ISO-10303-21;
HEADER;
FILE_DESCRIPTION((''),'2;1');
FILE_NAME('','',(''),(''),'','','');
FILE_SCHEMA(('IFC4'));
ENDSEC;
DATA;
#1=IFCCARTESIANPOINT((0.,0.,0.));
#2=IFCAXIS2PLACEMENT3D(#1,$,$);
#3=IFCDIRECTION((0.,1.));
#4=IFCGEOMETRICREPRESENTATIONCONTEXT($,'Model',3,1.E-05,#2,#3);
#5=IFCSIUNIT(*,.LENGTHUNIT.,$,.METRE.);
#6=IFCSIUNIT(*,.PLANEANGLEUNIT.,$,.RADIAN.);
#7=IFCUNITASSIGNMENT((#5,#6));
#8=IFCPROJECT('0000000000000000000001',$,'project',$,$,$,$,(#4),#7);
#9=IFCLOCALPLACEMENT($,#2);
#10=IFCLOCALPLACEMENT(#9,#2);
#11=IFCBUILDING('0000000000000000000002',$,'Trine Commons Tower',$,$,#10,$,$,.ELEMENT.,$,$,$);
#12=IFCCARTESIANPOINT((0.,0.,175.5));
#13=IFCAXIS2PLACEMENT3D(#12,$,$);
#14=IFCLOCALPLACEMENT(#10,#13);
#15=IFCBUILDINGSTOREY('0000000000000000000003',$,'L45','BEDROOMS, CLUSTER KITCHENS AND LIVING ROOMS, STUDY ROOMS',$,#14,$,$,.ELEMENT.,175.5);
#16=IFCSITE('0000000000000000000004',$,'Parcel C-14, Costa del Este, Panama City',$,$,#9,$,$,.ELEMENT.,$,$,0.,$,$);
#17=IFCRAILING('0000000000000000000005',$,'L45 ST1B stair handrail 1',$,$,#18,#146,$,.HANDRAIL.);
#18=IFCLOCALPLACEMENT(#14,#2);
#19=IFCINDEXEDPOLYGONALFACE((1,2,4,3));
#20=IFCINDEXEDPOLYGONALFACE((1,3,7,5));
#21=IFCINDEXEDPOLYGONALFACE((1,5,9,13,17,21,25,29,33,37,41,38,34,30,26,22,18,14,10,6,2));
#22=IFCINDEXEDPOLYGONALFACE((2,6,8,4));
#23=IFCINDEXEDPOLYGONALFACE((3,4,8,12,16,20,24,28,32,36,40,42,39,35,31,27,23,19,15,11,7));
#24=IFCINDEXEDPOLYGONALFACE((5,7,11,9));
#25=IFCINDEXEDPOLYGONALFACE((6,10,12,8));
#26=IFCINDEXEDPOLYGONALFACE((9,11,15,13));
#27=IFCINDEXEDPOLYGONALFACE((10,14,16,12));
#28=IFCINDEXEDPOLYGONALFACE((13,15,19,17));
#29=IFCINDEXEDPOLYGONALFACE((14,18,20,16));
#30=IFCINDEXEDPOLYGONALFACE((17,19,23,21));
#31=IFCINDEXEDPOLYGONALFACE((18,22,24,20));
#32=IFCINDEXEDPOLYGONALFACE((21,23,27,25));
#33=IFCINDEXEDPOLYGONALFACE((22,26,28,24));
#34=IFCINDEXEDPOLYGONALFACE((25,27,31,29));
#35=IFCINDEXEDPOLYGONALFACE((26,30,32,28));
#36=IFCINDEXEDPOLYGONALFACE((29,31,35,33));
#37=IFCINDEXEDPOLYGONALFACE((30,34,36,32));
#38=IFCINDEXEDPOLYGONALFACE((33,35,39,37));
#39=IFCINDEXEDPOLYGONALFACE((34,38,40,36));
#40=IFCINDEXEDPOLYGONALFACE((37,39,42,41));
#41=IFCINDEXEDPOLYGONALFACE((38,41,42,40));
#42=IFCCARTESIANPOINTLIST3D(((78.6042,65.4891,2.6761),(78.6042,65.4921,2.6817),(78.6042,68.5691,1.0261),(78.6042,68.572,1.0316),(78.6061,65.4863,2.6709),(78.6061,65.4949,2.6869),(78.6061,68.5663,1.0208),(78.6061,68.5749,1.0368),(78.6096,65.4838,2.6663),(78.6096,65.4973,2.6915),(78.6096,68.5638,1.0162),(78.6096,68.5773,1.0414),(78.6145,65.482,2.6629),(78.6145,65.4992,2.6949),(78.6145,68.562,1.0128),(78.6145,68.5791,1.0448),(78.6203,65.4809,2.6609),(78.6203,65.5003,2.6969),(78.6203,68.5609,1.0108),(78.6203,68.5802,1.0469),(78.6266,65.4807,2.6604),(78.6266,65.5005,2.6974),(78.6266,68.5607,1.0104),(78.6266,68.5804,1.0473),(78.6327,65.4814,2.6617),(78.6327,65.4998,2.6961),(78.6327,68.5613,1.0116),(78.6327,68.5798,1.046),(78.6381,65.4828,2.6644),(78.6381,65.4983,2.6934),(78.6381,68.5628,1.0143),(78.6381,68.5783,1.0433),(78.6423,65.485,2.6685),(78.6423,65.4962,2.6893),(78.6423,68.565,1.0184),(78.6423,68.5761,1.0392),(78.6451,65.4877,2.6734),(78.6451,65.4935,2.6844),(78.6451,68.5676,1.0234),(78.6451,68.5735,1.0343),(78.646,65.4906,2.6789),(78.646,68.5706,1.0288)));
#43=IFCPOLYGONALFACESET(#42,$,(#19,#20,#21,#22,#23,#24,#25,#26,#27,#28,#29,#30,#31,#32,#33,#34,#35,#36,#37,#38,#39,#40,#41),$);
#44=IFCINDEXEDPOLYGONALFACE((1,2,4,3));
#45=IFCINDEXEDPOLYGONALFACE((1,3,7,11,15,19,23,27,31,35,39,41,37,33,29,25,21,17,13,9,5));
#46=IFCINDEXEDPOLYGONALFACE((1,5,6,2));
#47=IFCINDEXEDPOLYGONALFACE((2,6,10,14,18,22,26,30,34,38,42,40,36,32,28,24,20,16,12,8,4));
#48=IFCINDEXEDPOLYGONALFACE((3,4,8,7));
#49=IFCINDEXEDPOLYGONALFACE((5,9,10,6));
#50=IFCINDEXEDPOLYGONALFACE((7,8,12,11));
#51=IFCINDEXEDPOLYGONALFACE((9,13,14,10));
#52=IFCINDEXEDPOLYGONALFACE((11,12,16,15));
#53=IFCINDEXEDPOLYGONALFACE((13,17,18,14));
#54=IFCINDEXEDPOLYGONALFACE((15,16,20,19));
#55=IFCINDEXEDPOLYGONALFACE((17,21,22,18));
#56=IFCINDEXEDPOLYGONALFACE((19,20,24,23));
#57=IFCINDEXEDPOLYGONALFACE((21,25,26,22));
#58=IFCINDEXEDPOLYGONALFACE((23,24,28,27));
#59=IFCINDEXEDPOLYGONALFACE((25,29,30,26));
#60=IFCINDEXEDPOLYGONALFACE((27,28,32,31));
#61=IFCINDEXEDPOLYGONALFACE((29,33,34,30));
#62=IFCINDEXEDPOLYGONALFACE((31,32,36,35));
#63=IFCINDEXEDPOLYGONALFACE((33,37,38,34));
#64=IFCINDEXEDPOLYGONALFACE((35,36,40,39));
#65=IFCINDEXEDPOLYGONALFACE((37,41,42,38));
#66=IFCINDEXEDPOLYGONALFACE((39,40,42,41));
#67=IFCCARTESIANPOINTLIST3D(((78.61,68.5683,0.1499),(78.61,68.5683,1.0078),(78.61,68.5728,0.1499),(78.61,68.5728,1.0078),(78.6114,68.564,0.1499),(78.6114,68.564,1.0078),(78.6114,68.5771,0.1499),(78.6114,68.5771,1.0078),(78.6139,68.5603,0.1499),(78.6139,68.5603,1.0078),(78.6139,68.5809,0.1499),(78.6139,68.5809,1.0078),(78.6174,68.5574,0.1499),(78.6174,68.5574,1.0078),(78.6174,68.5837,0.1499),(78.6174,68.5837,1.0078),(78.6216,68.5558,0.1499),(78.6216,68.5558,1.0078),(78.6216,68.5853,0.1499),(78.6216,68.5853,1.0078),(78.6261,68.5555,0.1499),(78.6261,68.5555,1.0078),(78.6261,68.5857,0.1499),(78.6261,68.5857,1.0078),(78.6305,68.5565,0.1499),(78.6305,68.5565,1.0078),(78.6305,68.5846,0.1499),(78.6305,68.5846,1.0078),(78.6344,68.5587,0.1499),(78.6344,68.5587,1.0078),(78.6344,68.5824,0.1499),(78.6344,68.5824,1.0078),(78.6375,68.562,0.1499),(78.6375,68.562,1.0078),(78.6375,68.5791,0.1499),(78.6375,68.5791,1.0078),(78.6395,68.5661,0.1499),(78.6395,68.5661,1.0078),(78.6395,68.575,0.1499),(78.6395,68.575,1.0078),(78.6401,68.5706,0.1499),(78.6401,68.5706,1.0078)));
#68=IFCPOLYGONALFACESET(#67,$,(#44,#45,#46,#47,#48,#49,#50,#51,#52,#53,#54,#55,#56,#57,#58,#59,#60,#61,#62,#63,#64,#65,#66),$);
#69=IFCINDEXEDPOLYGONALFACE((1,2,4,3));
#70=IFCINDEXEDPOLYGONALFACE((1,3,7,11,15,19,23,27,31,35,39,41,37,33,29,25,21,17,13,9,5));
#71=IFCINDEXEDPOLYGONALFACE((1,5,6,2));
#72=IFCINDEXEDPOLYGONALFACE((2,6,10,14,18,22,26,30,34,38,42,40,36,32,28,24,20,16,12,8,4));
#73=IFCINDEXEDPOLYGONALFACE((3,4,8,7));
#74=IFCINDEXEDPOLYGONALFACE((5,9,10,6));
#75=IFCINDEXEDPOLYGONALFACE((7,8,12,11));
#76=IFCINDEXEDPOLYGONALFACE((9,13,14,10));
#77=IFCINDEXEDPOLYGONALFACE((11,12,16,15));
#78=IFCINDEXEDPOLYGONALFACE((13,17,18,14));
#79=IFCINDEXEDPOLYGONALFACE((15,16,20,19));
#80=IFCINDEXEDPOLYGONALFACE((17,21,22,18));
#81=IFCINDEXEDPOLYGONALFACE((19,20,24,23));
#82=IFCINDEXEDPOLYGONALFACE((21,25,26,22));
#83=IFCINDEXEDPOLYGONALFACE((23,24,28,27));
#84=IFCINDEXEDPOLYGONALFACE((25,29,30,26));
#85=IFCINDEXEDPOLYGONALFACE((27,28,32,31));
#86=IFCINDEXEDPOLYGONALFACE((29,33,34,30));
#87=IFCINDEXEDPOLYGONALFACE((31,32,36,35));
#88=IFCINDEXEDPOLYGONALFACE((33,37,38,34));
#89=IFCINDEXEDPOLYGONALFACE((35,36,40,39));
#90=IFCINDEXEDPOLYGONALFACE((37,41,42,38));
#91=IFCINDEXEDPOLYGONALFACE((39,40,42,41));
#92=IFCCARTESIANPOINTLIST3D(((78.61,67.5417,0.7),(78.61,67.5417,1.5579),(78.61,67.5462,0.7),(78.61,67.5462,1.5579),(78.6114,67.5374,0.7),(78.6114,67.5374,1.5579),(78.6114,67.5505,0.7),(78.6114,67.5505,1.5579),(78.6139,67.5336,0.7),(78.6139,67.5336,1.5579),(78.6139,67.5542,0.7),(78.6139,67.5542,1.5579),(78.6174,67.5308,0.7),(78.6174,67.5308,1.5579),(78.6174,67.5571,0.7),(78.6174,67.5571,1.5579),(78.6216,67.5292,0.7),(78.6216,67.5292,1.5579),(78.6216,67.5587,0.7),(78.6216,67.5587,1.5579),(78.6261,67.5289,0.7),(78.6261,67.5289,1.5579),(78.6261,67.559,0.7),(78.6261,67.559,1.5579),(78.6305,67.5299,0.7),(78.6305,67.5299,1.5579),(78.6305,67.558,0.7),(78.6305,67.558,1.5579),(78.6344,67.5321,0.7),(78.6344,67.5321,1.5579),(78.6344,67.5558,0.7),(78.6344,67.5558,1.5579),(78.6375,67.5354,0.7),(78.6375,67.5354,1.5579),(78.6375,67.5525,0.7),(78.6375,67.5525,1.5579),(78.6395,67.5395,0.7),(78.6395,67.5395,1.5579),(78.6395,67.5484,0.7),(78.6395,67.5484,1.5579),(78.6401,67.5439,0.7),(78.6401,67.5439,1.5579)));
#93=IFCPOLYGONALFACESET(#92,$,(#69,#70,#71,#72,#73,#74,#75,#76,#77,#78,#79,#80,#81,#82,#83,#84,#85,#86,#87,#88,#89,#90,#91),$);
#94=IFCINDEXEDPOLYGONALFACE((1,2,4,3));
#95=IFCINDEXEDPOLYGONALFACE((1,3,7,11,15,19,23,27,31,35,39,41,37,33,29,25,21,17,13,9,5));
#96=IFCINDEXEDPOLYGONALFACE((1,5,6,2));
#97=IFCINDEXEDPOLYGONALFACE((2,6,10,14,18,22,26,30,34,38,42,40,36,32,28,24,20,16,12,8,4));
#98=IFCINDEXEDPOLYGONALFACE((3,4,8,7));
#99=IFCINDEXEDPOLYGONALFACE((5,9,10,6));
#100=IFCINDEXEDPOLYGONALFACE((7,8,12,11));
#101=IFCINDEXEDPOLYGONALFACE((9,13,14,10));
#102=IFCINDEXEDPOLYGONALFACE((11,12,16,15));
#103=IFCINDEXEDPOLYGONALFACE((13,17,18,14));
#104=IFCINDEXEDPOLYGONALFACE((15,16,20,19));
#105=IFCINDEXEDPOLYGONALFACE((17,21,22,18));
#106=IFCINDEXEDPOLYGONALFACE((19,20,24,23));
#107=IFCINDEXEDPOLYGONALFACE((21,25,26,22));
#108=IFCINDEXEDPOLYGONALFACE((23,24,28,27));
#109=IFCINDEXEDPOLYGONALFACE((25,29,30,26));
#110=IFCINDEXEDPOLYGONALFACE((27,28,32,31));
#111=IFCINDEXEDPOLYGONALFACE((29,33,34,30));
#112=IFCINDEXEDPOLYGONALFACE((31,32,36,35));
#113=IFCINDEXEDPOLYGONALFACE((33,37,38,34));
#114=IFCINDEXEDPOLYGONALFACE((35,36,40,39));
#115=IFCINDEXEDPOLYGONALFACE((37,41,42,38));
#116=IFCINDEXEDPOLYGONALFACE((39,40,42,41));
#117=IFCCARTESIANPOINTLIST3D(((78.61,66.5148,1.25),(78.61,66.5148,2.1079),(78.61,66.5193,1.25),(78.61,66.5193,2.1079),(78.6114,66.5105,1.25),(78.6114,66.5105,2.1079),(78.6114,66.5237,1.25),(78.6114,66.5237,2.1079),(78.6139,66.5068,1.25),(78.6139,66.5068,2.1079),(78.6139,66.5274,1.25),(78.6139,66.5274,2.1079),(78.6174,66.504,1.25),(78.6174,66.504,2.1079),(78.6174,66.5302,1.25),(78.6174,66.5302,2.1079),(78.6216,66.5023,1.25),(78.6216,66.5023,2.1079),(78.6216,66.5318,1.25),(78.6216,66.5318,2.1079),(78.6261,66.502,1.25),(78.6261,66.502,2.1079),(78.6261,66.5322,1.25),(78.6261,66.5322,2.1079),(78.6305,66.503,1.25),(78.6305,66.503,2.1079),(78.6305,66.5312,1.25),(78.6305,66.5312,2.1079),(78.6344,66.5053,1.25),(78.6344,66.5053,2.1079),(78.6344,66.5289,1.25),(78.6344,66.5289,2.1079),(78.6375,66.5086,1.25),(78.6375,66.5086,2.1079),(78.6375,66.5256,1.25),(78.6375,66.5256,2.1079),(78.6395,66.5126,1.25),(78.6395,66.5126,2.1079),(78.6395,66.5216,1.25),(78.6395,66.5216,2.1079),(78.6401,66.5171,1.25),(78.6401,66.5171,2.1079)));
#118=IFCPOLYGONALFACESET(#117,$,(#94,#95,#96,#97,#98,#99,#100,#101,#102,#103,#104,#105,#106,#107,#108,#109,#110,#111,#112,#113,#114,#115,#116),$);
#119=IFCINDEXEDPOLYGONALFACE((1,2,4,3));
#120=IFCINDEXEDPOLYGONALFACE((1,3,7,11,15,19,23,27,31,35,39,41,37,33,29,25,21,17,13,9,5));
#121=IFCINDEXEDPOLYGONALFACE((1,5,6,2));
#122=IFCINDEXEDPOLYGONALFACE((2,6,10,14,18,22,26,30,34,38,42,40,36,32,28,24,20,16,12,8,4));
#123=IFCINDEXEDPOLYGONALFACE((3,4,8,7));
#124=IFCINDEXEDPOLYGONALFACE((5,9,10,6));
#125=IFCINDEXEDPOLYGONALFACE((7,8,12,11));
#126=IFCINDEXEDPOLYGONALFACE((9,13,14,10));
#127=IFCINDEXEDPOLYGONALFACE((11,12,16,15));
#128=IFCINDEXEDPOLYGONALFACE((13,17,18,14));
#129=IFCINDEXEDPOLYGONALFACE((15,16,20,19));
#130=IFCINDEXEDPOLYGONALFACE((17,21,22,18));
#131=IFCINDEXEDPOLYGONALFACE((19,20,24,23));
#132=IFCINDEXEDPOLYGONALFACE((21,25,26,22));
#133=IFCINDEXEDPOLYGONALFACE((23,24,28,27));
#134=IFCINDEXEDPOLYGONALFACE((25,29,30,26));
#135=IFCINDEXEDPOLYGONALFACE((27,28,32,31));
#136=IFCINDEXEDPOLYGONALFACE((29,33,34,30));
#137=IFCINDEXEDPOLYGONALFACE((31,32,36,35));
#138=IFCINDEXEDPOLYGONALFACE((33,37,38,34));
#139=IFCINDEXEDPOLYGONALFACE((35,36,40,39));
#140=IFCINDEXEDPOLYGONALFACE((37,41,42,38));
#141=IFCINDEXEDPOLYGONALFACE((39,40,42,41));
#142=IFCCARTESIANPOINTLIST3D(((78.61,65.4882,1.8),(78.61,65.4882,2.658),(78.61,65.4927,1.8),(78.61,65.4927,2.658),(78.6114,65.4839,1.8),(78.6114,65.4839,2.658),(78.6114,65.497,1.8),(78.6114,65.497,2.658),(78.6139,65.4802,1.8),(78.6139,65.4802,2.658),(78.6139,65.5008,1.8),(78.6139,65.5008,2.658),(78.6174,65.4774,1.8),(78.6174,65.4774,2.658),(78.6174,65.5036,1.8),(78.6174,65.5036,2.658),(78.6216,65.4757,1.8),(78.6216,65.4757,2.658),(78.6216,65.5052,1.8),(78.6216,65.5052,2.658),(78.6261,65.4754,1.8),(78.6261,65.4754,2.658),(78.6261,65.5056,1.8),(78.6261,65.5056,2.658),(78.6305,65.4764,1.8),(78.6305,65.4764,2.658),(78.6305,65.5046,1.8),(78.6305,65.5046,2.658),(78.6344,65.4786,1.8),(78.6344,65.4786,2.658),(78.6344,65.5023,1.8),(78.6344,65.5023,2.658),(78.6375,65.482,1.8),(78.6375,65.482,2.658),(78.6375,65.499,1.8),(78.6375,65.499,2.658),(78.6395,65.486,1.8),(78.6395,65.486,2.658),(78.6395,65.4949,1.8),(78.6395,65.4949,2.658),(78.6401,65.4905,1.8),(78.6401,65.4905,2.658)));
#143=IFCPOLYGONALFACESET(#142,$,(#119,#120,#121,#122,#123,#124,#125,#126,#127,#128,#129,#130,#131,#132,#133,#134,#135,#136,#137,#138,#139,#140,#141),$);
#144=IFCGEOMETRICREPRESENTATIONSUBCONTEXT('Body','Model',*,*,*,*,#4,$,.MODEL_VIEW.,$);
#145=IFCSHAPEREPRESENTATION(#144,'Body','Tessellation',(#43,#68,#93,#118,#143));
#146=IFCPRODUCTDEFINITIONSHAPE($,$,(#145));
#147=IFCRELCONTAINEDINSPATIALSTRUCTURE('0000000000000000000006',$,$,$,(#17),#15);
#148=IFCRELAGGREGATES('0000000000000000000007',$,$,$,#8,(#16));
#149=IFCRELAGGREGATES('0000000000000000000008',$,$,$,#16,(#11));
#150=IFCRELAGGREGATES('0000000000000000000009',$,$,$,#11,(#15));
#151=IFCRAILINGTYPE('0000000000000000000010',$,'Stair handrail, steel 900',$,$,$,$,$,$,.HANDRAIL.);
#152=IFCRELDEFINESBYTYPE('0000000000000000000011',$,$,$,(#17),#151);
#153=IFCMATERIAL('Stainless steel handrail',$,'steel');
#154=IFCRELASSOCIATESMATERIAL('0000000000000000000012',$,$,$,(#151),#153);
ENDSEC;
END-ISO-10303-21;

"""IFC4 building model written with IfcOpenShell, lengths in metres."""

from ifc_helpers import new_model, si_unit, direction, frame, origin, origin_2d, place, context, subcontext, project, spatial, circle, extrude, material, type_object, element, save


model = new_model("IFC4")

# Units and contexts
model_context = context("Model", 3, precision=1e-05, world=origin(), true_north=direction((0.0, 1.0)))
body_context = subcontext(model_context, "Body", "Model", "MODEL_VIEW")
ifc_project = project(units=[si_unit("LENGTHUNIT", "METRE"), si_unit("PLANEANGLEUNIT", "RADIAN")], contexts=[model_context])

# Site, building, storey
site_placement = place(None, origin())
site = spatial("IfcSite", under=ifc_project, at=site_placement, Name="Parcel C-14, Costa del Este, Panama City", CompositionType="ELEMENT", RefElevation=0.0)
building_placement = place(site_placement, origin())
building = spatial("IfcBuilding", under=site, at=building_placement, Name="Trine Commons Tower", CompositionType="ELEMENT")
storey_placement = place(building_placement, frame((0.0, 0.0, 175.5)))
storey = spatial("IfcBuildingStorey", under=building, at=storey_placement, Name="L45", Description="BEDROOMS, CLUSTER KITCHENS AND LIVING ROOMS, STUDY ROOMS", CompositionType="ELEMENT", Elevation=175.5)

# Railing
ifc_material_1 = material(Name="Stainless steel handrail", Category="steel")
railing_type = type_object("IfcRailingType", Name="Stair handrail, steel 900", PredefinedType="HANDRAIL", material=ifc_material_1)
railing_placement = place(storey_placement, frame((78.625, 68.5706, 0.1499)))
element("IfcRailing", 1, at=railing_placement, inside=storey, type_object=railing_type, Name="L45 ST1B stair handrail 1", PredefinedType="HANDRAIL", context=body_context, shape_type="SweptSolid", body=[
    extrude(circle(Radius=0.021, at=origin_2d()), frame((0.0, 0.0, 0.8789), z_axis=(0.0, -0.881468, 0.472245), x_axis=(1.0, 0.0, 0.0)), (0.0, 0.0, 1.0), 3.4941),
    extrude(circle(Radius=0.0151, at=origin_2d()), origin(), (0.0, 0.0, 1.0), 0.8579),
    extrude(circle(Radius=0.0151, at=origin_2d()), frame((0.0, -1.0266, 0.55)), (0.0, 0.0, 1.0), 0.8579),
    extrude(circle(Radius=0.0151, at=origin_2d()), frame((0.0, -2.0535, 1.1001)), (0.0, 0.0, 1.0), 0.8579),
    extrude(circle(Radius=0.0151, at=origin_2d()), frame((0.0, -3.0801, 1.6501)), (0.0, 0.0, 1.0), 0.8579),
])

save(model, "model.ifc")
